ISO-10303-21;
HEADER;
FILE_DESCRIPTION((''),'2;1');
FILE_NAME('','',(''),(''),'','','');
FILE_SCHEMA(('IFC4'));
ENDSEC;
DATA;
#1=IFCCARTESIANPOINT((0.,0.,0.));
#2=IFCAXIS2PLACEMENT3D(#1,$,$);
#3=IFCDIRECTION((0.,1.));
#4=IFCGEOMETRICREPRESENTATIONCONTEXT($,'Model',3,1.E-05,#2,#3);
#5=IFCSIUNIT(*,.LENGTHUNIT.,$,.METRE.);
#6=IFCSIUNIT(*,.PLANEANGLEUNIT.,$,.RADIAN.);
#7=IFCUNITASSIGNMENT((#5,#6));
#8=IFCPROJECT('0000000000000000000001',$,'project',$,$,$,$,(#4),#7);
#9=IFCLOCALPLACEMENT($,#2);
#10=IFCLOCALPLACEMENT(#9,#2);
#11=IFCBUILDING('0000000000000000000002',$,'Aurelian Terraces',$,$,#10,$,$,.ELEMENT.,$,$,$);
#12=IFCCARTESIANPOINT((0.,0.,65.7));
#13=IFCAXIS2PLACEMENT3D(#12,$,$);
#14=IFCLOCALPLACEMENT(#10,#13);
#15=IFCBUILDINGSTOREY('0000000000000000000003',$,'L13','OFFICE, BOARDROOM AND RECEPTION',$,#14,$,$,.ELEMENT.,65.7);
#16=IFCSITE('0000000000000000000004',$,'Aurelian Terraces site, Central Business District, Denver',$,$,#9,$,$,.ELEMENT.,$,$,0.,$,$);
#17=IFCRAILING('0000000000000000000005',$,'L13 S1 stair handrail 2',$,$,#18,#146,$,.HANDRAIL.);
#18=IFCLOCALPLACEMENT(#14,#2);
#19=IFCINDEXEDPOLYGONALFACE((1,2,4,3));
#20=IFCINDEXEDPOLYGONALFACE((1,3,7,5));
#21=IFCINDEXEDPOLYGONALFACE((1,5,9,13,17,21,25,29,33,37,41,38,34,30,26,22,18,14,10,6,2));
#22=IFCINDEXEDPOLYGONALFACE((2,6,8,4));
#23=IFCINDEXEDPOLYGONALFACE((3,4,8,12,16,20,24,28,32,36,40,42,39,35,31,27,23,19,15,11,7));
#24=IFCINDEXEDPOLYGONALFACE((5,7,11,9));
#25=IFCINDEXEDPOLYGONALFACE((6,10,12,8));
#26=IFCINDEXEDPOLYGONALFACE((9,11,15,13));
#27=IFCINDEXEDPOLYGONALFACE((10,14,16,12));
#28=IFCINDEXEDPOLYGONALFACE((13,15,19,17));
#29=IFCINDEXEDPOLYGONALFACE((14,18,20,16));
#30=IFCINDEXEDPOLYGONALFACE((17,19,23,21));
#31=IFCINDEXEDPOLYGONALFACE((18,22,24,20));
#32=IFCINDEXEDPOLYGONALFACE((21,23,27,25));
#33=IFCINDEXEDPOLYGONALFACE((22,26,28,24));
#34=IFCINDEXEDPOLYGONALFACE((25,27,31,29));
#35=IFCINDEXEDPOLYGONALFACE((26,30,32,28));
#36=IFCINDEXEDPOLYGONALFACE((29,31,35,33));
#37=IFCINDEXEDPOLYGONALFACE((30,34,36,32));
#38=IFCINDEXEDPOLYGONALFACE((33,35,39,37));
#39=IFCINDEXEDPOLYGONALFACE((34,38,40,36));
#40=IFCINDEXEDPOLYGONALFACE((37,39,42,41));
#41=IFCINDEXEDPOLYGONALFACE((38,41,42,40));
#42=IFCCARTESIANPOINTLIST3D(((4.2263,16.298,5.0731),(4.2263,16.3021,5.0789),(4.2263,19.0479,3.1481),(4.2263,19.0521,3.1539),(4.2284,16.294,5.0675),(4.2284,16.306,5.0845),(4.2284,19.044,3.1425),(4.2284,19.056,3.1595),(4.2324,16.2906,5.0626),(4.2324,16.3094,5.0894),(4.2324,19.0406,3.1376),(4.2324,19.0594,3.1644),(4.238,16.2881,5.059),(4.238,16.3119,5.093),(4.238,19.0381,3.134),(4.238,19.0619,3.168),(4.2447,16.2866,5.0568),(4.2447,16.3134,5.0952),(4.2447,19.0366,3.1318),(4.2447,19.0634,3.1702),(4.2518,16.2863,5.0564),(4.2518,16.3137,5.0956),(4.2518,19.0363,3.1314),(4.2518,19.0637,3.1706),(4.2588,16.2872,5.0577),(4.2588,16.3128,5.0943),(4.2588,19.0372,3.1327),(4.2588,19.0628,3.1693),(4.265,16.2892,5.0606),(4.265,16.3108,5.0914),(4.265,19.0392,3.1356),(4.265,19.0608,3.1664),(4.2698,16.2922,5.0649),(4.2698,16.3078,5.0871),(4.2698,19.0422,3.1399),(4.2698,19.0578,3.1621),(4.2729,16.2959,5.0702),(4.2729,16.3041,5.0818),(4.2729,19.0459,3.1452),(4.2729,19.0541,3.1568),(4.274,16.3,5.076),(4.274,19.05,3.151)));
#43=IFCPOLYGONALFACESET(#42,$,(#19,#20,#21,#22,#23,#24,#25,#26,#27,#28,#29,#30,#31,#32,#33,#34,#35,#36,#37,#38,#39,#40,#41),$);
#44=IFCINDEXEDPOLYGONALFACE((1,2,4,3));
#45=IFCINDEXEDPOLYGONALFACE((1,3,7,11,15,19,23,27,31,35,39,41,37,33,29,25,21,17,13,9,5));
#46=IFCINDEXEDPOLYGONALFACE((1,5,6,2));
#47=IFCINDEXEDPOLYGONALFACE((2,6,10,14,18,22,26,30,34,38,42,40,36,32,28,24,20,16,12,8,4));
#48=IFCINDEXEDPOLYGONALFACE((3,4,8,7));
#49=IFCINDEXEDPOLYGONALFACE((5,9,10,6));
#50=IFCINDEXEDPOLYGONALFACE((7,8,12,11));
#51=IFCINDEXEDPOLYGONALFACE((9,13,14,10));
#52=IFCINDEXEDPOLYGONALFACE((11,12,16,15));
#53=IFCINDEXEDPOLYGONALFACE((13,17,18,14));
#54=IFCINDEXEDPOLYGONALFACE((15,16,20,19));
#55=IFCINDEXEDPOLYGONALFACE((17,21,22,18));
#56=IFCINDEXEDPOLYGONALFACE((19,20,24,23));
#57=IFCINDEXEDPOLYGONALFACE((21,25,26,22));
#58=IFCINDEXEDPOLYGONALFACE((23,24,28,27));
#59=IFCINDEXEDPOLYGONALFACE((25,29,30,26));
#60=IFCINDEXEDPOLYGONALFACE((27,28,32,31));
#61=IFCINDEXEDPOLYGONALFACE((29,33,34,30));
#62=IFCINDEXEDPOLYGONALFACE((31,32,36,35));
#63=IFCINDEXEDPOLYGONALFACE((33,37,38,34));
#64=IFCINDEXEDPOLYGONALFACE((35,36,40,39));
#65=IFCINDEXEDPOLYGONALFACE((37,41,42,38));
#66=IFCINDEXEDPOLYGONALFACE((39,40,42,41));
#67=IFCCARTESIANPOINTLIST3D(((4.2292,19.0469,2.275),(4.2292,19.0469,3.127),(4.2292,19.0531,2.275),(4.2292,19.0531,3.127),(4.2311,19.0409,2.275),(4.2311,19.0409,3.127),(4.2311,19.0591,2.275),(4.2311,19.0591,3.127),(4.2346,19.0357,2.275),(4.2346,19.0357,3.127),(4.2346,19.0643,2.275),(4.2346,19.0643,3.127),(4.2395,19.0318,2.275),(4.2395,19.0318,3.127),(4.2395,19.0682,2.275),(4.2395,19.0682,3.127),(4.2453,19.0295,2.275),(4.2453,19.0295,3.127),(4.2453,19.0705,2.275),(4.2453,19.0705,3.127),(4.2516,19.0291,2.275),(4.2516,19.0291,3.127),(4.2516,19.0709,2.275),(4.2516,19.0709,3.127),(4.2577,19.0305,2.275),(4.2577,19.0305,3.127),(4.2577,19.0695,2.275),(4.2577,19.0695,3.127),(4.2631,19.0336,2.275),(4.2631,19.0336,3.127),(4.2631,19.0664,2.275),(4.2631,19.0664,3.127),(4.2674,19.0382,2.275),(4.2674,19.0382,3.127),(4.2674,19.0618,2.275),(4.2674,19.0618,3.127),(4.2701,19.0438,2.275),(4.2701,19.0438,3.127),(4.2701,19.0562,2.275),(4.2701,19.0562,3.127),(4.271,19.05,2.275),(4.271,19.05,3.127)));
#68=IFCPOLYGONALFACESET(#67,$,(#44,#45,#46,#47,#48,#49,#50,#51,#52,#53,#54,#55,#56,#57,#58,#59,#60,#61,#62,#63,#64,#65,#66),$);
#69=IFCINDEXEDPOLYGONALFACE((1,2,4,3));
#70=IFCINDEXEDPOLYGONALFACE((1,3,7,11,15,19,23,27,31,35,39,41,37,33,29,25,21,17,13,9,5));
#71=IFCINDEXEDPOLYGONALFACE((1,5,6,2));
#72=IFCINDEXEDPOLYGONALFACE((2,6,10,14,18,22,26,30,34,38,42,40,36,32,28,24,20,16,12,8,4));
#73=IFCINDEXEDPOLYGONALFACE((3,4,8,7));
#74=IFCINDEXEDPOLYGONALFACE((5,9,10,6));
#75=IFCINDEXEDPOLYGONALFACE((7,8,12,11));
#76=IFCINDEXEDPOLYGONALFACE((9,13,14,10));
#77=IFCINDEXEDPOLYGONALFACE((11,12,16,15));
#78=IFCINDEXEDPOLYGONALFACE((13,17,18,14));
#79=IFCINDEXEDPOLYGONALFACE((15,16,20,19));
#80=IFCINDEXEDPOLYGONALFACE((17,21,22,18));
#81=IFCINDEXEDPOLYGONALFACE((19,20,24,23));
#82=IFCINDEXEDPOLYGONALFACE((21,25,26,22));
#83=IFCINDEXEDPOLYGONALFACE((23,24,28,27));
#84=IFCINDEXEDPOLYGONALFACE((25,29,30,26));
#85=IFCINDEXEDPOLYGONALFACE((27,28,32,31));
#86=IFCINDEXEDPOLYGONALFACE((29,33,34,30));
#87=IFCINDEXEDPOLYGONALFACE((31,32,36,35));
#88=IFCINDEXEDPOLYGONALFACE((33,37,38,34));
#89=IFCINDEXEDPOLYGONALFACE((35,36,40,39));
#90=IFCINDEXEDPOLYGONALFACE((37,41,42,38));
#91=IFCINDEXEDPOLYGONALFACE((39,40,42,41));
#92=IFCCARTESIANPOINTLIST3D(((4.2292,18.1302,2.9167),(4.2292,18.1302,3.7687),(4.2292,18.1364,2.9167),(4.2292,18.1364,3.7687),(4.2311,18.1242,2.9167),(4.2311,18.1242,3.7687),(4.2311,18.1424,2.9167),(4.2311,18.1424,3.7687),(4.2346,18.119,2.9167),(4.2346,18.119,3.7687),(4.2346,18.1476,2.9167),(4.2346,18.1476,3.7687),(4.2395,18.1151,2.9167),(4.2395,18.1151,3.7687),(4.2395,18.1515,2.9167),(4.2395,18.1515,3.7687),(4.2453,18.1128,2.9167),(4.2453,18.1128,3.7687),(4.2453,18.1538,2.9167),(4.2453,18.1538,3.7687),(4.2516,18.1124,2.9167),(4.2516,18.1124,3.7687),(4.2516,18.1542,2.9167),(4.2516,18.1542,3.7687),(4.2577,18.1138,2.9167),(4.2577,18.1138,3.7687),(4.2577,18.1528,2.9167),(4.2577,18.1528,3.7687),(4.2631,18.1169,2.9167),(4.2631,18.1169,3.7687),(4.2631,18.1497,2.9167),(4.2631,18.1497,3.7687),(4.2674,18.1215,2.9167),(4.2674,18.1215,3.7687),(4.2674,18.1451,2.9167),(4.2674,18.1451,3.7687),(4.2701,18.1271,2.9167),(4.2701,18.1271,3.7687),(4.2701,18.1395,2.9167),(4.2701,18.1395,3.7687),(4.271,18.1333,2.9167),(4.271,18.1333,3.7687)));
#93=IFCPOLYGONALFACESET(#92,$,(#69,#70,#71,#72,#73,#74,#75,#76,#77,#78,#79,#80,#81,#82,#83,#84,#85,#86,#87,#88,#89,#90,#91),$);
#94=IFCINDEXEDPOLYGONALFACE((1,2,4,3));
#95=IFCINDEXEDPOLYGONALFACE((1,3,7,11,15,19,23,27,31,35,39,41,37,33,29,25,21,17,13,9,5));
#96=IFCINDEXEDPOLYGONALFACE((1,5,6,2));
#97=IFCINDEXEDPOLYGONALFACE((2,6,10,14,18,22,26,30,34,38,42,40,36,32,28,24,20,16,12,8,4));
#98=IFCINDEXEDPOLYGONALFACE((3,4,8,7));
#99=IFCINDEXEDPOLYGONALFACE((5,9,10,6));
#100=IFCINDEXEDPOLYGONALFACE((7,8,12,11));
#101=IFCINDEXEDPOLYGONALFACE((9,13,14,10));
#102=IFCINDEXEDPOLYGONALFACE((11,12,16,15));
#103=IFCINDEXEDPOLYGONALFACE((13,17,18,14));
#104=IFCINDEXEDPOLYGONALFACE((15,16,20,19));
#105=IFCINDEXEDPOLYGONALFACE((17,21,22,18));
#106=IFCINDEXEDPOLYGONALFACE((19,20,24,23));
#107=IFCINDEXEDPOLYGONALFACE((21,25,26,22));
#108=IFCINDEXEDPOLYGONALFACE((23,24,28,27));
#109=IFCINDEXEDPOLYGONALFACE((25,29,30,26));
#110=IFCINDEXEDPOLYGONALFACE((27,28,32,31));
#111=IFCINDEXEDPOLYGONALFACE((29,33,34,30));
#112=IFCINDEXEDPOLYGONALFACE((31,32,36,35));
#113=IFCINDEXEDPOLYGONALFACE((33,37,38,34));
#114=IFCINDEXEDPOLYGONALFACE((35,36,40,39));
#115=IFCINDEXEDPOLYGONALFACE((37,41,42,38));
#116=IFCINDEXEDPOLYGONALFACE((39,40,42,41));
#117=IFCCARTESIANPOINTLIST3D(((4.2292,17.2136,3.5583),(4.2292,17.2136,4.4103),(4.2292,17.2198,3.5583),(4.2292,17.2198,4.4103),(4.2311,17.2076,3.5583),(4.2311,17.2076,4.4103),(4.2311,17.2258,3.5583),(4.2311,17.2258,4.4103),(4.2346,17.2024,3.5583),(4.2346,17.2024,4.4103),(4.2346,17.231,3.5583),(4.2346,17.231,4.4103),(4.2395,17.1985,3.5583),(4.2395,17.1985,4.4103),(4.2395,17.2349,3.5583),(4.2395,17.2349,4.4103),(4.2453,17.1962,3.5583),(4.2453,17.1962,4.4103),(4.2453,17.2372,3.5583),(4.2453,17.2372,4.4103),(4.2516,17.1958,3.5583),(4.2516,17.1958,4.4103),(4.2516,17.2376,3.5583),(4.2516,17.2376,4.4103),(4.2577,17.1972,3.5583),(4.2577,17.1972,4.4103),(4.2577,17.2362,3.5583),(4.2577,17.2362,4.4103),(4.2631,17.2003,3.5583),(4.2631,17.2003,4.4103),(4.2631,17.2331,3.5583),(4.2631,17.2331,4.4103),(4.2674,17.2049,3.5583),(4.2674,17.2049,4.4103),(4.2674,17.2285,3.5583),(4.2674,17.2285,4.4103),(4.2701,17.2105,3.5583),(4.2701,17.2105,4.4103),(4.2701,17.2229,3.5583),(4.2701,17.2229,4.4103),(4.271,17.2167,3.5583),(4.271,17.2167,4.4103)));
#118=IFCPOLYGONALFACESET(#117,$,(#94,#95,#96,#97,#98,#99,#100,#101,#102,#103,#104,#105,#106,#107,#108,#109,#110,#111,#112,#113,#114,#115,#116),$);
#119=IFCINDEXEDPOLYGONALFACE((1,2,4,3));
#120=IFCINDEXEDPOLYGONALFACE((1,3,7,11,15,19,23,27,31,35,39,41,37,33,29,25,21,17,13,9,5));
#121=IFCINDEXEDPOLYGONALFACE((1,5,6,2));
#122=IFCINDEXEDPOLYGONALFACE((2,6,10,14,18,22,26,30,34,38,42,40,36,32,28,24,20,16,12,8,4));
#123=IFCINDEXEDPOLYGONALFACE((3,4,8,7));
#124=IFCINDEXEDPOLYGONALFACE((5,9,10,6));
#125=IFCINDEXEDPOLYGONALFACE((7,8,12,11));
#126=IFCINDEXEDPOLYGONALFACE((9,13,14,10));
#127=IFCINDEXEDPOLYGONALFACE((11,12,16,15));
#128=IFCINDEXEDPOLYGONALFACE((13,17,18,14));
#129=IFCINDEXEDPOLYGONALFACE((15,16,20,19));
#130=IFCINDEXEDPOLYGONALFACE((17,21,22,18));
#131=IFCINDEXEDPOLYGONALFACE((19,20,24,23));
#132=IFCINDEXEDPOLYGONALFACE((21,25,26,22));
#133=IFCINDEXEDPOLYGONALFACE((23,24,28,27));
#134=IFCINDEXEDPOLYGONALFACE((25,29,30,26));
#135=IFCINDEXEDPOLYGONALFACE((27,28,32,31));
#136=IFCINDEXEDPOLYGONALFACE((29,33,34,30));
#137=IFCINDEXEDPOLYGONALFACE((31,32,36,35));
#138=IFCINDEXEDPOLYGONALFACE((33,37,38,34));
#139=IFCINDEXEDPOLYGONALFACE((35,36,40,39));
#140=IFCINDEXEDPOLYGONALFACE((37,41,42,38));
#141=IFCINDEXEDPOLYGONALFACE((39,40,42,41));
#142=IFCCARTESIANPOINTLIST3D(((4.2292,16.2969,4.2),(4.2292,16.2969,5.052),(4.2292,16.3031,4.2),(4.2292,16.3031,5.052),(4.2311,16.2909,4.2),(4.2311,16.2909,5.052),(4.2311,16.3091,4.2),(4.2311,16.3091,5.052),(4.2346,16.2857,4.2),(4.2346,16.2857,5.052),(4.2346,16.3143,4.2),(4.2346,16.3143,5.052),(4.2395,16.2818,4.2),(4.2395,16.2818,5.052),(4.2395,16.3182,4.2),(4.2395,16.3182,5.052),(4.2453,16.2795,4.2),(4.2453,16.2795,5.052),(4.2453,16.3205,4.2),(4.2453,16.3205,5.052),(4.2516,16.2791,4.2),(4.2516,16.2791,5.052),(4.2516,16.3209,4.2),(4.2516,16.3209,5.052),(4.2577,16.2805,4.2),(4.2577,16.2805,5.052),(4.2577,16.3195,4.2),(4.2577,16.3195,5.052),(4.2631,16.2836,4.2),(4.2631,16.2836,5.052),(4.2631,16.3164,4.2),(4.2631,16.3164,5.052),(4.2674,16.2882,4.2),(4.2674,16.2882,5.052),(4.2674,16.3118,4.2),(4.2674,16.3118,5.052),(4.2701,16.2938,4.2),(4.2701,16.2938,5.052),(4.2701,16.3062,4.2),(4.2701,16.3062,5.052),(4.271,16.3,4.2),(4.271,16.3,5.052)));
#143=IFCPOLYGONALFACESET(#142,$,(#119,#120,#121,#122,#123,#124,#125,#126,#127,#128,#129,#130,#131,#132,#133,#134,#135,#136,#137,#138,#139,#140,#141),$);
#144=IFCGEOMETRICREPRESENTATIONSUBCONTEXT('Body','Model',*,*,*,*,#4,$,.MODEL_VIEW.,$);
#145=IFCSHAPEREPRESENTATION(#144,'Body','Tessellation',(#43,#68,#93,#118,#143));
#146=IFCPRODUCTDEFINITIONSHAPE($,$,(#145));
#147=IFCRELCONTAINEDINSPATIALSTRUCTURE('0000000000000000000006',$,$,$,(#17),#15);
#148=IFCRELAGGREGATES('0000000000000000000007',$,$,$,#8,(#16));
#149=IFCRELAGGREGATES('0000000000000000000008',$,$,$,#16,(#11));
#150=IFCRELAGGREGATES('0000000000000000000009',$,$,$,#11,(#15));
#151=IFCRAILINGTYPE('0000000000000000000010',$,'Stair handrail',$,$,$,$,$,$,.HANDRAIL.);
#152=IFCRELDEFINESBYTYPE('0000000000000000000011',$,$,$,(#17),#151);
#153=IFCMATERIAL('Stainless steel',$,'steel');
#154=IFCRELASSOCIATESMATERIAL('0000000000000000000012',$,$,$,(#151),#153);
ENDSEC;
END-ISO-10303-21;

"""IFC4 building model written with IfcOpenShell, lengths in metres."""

from ifc_helpers import new_model, si_unit, direction, frame, origin, origin_2d, place, context, subcontext, project, spatial, circle, extrude, source, transform, mapped, material, type_object, element, save


model = new_model("IFC4")

# Units and contexts
model_context = context("Model", 3, precision=1e-05, world=origin(), true_north=direction((0.0, 1.0)))
body_context = subcontext(model_context, "Body", "Model", "MODEL_VIEW")
ifc_project = project(units=[si_unit("LENGTHUNIT", "METRE"), si_unit("PLANEANGLEUNIT", "RADIAN")], contexts=[model_context])

# Site, building, storey
site_placement = place(None, origin())
site = spatial("IfcSite", under=ifc_project, at=site_placement, Name="Aurelian Terraces site, Central Business District, Denver", CompositionType="ELEMENT", RefElevation=0.0)
building_placement = place(site_placement, origin())
building = spatial("IfcBuilding", under=site, at=building_placement, Name="Aurelian Terraces", CompositionType="ELEMENT")
storey_placement = place(building_placement, frame((0.0, 0.0, 65.7)))
storey = spatial("IfcBuildingStorey", under=building, at=storey_placement, Name="L13", Description="OFFICE, BOARDROOM AND RECEPTION", CompositionType="ELEMENT", Elevation=65.7)

# Shared definitions
ifc_material_1 = material(Name="Stainless steel", Category="steel")

# Railing
railing_type = type_object("IfcRailingType", Name="Stair handrail", PredefinedType="HANDRAIL", material=ifc_material_1)
shared_shape_1 = source(origin(), body_context, "Body", "SweptSolid", [
    extrude(circle(Radius=0.024, at=origin_2d()), frame((0.0, 0.0, 0.876), z_axis=(0.0, -0.819232, 0.573462), x_axis=(1.0, 0.0, 0.0)), (0.0, 0.0, 1.0), 3.3568),
    extrude(circle(Radius=0.021, at=origin_2d()), origin(), (0.0, 0.0, 1.0), 0.852),
    extrude(circle(Radius=0.021, at=origin_2d()), frame((0.0, -0.9167, 0.6417)), (0.0, 0.0, 1.0), 0.852),
    extrude(circle(Radius=0.021, at=origin_2d()), frame((0.0, -1.8333, 1.2833)), (0.0, 0.0, 1.0), 0.852),
    extrude(circle(Radius=0.021, at=origin_2d()), frame((0.0, -2.75, 1.925)), (0.0, 0.0, 1.0), 0.852),
])
railing_placement = place(storey_placement, frame((4.25, 19.05, 2.275)))
element("IfcRailing", 1, at=railing_placement, inside=storey, type_object=railing_type, Name="L13 S1 stair handrail 2", PredefinedType="HANDRAIL", context=body_context, shape_type="MappedRepresentation", body=[
    mapped(shared_shape_1, transform((0.0, 0.0, 0.0), scale=1.0)),
])

save(model, "model.ifc")
